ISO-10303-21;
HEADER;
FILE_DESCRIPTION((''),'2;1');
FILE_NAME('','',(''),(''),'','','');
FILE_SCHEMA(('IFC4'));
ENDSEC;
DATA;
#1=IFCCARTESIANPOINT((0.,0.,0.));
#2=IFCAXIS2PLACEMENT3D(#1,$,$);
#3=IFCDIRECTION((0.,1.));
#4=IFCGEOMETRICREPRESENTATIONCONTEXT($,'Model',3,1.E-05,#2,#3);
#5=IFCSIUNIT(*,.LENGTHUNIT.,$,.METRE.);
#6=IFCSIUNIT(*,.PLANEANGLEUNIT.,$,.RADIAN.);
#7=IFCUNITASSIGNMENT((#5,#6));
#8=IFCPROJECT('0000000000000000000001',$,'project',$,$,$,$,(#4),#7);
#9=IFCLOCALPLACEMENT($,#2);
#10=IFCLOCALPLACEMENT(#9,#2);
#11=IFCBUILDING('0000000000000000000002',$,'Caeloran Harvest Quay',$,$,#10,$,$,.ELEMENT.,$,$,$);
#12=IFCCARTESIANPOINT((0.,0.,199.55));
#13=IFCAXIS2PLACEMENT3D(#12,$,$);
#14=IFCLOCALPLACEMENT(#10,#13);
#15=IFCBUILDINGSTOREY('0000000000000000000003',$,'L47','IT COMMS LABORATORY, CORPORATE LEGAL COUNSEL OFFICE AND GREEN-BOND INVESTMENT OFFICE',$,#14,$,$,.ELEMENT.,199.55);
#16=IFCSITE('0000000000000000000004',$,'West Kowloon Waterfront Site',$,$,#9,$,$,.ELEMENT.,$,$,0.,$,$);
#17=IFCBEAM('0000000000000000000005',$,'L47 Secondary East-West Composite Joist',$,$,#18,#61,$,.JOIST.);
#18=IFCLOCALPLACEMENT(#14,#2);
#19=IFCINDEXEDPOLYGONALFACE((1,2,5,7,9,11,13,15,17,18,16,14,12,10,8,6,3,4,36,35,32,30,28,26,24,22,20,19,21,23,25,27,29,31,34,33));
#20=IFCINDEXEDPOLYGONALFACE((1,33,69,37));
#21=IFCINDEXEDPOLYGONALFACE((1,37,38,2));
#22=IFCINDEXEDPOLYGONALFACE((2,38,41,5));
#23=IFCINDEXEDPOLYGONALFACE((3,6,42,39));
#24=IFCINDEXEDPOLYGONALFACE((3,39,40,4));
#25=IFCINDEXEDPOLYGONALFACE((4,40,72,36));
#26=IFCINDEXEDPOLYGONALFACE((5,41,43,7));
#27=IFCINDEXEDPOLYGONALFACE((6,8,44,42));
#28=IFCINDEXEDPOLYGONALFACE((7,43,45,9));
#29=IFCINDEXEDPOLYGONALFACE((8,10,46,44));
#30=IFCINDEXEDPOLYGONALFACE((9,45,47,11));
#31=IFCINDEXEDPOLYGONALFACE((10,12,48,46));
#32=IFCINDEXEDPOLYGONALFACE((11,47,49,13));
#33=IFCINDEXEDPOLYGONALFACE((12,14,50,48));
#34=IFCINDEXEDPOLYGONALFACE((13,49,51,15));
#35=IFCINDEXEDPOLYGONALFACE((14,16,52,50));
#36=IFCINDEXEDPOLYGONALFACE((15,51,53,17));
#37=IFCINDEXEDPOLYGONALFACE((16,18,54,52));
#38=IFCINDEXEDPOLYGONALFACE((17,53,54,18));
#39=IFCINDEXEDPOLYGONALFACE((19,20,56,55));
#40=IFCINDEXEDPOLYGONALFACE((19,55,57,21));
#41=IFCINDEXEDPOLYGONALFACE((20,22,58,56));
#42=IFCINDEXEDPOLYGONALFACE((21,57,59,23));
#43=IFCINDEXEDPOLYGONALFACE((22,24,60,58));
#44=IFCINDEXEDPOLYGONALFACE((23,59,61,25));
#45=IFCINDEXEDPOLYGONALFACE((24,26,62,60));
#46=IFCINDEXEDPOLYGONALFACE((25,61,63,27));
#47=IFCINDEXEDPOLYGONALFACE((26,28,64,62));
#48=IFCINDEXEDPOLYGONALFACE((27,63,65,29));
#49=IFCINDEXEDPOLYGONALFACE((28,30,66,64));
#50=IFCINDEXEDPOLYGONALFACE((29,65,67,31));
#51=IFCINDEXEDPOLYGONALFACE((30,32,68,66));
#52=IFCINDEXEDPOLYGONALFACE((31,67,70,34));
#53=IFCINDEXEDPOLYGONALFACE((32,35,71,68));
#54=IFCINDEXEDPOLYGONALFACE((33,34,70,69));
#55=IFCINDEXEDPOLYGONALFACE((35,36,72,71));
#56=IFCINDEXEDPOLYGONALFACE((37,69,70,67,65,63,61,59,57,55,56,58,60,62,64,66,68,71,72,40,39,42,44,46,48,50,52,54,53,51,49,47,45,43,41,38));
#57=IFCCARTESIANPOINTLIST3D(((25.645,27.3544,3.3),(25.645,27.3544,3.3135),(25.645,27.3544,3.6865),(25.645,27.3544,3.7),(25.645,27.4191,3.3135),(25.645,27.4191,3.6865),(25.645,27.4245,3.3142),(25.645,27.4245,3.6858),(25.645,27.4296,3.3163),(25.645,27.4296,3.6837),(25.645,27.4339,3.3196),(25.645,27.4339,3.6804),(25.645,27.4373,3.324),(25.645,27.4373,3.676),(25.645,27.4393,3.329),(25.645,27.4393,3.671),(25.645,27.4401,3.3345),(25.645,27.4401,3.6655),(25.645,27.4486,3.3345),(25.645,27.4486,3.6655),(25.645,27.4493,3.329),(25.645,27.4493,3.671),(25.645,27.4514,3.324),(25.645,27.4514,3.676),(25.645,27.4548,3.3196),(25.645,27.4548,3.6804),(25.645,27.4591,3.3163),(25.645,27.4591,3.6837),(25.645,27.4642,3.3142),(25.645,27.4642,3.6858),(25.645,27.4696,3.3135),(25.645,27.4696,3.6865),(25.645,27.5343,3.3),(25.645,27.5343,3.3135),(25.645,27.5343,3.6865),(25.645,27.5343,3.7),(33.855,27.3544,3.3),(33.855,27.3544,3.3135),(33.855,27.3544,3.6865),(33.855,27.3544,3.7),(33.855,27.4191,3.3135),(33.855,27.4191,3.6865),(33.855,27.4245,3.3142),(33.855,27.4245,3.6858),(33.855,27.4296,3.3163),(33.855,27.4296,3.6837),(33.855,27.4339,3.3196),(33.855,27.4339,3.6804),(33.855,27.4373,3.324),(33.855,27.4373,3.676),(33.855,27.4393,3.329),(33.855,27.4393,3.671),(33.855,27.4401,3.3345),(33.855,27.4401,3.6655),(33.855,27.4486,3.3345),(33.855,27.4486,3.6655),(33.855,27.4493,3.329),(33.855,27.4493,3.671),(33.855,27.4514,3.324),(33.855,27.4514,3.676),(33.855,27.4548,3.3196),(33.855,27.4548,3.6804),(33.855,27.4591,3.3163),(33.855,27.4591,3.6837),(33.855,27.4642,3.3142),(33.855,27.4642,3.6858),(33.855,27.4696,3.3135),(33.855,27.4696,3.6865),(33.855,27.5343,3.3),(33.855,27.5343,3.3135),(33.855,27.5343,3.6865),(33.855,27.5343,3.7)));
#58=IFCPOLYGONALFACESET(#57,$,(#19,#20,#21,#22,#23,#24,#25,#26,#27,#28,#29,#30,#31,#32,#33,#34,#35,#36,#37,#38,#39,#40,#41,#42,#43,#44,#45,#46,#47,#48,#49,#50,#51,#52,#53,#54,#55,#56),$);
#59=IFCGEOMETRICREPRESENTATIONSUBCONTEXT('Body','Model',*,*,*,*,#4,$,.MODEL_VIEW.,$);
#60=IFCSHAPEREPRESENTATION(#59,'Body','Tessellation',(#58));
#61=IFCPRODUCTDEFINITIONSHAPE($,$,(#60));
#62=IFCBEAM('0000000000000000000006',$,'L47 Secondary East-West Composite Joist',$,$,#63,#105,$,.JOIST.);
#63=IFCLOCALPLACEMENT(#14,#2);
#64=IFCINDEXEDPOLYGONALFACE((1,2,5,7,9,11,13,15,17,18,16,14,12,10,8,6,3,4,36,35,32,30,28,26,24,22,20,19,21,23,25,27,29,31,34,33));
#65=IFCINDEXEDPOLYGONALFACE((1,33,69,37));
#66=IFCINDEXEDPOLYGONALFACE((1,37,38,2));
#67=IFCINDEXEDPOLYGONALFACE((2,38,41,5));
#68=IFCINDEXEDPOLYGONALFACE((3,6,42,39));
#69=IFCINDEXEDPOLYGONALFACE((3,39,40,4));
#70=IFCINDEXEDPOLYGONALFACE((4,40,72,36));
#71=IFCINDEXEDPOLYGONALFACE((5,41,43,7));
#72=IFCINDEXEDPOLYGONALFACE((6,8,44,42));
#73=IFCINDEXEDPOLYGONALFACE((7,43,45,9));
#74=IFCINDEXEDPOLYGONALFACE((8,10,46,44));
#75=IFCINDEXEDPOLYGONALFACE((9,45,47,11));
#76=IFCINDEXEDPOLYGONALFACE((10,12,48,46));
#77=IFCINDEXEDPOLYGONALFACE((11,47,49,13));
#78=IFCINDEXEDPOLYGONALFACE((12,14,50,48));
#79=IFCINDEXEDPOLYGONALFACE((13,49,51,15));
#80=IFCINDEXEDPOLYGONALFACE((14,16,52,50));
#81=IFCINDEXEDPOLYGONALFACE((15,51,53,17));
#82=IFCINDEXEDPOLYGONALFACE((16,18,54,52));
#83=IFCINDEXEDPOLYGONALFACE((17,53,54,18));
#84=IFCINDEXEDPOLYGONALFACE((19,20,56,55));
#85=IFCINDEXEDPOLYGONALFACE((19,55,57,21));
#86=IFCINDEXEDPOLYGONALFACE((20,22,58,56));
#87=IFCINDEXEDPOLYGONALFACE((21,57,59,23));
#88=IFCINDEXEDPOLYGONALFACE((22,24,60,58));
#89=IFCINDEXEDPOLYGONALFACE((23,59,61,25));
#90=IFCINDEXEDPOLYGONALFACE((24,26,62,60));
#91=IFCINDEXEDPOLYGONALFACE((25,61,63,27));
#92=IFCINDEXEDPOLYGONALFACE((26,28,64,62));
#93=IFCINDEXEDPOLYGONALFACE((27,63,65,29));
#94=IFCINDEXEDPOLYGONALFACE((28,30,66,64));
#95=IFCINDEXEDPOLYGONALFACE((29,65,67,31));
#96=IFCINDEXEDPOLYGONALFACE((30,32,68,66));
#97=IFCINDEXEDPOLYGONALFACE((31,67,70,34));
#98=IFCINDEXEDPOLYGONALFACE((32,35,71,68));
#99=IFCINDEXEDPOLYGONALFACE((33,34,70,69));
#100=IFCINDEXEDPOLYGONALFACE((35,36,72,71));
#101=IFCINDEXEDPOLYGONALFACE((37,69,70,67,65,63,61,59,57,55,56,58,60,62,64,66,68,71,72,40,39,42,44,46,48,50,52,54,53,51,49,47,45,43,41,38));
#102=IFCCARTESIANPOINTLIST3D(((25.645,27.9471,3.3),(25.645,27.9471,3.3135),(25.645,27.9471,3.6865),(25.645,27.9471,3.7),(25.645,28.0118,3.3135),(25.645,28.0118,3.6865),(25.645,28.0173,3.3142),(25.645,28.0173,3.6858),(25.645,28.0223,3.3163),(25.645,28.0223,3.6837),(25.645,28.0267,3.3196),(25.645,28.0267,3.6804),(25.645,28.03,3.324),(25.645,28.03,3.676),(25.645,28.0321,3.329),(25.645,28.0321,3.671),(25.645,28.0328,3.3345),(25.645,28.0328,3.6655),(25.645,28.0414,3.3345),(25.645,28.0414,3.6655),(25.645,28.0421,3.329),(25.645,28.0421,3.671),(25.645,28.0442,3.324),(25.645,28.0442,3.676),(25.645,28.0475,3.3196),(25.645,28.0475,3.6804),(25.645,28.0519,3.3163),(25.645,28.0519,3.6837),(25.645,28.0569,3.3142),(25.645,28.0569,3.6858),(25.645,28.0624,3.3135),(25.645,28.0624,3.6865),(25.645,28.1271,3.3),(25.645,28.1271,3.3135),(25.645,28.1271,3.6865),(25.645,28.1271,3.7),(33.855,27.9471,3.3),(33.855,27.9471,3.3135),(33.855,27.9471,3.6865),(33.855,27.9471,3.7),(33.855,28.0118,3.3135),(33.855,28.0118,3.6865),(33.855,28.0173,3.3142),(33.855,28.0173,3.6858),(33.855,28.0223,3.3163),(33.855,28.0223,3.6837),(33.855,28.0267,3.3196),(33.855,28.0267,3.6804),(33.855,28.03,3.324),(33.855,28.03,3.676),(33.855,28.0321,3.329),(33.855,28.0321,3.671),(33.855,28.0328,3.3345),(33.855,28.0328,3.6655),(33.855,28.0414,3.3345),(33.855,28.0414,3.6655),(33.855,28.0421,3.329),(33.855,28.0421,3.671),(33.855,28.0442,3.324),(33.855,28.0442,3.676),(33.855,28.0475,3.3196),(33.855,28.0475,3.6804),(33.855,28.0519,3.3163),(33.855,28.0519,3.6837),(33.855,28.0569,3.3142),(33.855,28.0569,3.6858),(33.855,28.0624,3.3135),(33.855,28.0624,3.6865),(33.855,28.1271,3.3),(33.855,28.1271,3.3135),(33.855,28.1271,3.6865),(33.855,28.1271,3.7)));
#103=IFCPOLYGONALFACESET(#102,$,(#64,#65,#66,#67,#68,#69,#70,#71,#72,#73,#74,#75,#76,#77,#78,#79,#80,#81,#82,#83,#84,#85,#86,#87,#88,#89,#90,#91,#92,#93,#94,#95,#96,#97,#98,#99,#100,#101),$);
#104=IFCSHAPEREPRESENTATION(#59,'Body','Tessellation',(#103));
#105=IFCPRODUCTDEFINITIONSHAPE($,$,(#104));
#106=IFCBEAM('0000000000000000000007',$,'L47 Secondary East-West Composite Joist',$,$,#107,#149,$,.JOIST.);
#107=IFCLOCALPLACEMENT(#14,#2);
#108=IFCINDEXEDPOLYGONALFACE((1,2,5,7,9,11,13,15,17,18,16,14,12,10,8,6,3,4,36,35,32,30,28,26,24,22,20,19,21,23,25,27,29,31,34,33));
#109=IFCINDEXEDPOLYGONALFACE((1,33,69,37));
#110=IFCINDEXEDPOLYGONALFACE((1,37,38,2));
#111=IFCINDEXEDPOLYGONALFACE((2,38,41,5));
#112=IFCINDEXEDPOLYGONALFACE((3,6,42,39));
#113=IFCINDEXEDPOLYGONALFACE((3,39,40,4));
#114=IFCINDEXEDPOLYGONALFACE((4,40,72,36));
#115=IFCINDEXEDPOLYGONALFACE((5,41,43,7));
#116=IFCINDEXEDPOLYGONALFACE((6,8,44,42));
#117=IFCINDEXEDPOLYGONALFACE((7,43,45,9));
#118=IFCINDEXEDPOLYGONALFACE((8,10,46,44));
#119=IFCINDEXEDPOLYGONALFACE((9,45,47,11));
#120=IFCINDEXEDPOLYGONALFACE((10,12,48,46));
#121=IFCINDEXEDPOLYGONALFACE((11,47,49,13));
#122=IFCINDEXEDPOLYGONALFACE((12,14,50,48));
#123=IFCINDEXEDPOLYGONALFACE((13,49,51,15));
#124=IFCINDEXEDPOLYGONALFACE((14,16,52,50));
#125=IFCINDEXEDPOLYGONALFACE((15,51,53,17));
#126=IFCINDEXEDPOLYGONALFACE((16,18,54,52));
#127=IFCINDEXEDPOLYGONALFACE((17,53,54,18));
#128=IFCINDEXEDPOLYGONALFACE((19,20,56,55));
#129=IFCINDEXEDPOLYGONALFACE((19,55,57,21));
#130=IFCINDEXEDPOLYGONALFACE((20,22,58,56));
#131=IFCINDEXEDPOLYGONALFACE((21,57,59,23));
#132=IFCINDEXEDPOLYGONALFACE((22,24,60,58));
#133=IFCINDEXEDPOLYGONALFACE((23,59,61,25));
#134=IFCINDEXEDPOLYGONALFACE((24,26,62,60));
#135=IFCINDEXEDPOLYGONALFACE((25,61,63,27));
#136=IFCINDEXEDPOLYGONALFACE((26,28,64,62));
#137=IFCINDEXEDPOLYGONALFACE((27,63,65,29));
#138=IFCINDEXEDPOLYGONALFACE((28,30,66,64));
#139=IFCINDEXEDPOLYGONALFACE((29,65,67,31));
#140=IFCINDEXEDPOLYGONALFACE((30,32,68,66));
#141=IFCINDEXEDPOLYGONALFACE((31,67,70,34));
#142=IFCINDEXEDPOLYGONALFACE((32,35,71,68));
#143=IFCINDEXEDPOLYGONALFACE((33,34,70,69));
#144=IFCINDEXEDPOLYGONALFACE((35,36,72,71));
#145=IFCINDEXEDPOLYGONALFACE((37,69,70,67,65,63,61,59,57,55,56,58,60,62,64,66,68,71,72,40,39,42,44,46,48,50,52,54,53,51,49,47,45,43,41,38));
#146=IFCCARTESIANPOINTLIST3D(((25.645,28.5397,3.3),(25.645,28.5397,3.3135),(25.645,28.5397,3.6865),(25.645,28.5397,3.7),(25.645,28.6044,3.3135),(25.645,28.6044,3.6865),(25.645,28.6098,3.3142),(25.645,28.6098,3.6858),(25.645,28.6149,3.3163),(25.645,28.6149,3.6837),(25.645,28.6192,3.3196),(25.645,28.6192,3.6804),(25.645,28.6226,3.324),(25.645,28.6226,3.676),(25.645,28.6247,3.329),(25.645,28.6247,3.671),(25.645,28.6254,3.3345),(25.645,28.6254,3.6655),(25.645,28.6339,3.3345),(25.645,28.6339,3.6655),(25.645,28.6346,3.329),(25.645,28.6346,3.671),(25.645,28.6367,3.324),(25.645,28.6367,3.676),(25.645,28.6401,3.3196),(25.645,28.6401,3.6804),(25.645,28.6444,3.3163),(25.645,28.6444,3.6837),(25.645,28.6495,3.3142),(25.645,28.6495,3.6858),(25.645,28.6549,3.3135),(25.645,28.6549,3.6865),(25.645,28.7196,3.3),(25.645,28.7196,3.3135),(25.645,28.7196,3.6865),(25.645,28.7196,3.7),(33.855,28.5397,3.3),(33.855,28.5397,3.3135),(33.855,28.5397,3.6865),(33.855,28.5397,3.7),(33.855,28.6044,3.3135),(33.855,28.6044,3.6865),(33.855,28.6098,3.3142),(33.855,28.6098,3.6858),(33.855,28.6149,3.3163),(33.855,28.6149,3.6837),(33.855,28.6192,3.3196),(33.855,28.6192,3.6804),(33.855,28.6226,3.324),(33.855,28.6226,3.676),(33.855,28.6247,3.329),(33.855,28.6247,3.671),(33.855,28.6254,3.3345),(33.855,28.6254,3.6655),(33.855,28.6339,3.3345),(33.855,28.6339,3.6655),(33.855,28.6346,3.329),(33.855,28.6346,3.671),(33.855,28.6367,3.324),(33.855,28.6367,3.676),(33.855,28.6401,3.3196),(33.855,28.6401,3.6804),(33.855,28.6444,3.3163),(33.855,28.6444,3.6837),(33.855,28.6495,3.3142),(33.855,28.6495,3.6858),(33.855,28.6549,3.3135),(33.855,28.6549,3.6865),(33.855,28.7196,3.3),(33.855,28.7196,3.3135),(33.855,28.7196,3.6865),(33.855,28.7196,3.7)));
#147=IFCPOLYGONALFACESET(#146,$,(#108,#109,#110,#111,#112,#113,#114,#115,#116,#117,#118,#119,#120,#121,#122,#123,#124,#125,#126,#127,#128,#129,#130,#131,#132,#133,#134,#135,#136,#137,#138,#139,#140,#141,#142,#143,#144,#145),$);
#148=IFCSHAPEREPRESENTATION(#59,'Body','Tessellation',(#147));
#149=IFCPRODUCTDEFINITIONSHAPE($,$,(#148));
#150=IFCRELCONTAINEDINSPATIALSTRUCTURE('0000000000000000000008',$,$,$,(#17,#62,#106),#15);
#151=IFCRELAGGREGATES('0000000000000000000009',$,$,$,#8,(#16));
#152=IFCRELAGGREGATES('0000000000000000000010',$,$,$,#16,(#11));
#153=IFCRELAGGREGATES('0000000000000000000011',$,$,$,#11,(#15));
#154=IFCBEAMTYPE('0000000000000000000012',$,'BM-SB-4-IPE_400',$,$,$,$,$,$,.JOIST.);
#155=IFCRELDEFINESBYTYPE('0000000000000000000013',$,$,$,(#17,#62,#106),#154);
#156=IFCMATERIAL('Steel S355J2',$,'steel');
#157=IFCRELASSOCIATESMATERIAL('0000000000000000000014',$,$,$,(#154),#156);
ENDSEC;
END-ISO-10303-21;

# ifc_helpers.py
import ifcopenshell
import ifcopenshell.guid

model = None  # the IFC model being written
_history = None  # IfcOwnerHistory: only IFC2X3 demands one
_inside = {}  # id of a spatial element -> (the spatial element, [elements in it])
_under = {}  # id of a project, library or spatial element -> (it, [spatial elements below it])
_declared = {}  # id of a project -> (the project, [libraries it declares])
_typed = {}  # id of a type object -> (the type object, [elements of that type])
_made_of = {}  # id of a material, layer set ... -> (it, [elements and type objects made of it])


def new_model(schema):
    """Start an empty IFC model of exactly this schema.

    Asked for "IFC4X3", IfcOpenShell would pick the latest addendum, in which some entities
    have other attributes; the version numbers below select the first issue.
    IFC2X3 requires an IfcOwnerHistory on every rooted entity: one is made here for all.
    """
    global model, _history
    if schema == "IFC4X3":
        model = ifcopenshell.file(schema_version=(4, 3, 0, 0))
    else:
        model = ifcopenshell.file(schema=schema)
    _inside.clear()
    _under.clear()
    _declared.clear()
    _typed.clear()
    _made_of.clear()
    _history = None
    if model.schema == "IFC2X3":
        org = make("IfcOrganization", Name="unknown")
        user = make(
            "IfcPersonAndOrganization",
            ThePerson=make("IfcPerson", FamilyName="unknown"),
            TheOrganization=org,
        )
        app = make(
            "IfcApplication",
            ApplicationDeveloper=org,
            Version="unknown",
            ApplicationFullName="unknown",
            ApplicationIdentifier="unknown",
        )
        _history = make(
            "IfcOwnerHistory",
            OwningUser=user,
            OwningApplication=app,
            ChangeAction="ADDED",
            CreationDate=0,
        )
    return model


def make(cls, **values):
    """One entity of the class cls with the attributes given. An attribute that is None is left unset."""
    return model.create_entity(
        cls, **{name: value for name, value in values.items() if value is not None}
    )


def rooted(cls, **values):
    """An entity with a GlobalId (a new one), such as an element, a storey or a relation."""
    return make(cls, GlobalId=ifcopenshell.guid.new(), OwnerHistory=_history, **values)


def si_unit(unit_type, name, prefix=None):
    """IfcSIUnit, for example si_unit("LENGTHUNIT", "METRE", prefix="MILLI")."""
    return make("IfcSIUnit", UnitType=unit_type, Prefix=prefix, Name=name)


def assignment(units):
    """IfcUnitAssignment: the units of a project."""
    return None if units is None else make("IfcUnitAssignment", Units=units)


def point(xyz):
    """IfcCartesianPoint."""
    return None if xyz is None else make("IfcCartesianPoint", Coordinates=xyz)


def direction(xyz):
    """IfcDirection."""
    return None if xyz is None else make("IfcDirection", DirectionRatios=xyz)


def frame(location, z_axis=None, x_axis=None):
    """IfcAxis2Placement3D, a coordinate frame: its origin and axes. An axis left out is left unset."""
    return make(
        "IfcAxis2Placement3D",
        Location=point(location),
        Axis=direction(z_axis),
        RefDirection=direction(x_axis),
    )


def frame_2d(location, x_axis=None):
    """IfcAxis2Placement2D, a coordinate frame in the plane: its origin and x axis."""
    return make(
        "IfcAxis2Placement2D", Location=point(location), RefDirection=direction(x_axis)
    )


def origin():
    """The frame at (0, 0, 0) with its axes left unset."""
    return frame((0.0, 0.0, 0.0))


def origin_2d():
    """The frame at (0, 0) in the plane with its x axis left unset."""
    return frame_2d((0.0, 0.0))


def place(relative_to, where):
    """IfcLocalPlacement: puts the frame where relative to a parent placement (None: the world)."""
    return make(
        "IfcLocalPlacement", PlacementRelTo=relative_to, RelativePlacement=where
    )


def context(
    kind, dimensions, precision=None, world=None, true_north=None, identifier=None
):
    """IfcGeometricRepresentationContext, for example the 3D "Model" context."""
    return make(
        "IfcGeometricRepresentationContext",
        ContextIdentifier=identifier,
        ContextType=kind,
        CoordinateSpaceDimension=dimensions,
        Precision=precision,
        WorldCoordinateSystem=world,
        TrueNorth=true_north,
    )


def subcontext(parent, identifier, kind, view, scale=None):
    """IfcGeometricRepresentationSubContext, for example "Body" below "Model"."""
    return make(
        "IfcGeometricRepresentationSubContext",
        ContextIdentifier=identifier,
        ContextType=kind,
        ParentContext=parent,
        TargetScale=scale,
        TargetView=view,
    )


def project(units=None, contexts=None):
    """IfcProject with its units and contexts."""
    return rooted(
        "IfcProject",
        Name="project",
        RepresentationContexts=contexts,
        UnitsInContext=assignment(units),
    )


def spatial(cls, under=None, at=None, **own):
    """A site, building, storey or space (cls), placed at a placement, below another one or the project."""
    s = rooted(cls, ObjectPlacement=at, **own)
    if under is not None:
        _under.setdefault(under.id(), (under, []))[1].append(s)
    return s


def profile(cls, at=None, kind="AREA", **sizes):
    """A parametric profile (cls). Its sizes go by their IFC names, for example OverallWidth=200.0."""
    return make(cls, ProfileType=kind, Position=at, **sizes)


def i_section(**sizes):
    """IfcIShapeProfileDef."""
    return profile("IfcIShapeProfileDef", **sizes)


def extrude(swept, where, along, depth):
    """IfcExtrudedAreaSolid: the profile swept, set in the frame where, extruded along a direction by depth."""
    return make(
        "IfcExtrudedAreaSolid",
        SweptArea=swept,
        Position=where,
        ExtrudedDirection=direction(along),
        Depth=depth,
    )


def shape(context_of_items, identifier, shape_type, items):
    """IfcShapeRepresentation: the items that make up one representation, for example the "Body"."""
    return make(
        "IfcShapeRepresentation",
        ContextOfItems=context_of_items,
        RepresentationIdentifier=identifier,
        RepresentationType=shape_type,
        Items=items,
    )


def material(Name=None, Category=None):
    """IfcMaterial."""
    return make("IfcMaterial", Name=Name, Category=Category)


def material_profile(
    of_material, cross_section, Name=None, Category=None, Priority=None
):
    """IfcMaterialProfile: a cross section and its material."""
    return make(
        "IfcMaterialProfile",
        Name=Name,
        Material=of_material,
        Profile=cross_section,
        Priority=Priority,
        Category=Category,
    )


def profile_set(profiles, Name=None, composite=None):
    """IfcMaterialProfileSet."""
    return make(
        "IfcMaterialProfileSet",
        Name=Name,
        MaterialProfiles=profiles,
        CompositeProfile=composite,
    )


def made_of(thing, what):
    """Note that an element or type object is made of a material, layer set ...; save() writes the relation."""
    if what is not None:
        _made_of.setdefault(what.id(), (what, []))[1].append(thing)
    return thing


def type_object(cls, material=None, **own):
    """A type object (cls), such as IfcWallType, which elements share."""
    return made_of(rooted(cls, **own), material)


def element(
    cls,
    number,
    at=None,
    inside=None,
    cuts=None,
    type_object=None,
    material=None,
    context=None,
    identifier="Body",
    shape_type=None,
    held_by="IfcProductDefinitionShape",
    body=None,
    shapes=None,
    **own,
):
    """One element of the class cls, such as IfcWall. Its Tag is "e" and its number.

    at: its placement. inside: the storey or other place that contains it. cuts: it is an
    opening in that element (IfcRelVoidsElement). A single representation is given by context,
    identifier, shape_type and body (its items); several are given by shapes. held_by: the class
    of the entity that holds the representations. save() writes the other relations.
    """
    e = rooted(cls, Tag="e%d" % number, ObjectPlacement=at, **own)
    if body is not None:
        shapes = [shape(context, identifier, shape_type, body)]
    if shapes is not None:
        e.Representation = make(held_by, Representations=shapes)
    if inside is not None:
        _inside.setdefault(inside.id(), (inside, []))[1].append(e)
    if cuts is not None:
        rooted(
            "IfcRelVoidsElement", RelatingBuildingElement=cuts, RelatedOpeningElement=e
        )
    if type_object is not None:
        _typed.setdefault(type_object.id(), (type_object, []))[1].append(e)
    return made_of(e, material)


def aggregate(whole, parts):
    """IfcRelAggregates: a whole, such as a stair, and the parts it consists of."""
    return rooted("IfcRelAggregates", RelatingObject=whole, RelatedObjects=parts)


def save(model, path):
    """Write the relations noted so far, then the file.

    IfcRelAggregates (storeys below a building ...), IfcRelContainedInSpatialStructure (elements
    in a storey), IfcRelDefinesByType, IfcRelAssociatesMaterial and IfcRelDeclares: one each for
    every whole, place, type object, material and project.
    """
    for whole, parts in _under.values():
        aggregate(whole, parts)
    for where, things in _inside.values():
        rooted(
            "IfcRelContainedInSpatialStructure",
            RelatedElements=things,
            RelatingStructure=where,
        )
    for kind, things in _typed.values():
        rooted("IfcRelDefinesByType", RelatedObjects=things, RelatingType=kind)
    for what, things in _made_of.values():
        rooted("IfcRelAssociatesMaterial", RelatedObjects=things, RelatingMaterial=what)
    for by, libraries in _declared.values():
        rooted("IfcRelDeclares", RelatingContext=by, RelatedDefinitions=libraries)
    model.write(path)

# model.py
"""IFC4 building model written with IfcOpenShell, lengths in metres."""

from ifc_helpers import new_model, si_unit, direction, frame, origin, origin_2d, place, context, subcontext, project, spatial, i_section, extrude, material, material_profile, profile_set, type_object, element, save


model = new_model("IFC4")

# Units and contexts
model_context = context("Model", 3, precision=1e-05, world=origin(), true_north=direction((0.0, 1.0)))
body_context = subcontext(model_context, "Body", "Model", "MODEL_VIEW")
ifc_project = project(units=[si_unit("LENGTHUNIT", "METRE"), si_unit("PLANEANGLEUNIT", "RADIAN")], contexts=[model_context])

# Site, building, storey
site_placement = place(None, origin())
site = spatial("IfcSite", under=ifc_project, at=site_placement, Name="West Kowloon Waterfront Site", CompositionType="ELEMENT", RefElevation=0.0)
building_placement = place(site_placement, origin())
building = spatial("IfcBuilding", under=site, at=building_placement, Name="Caeloran Harvest Quay", CompositionType="ELEMENT")
storey_placement = place(building_placement, frame((0.0, 0.0, 199.55)))
storey = spatial("IfcBuildingStorey", under=building, at=storey_placement, Name="L47", Description="IT COMMS LABORATORY, CORPORATE LEGAL COUNSEL OFFICE AND GREEN-BOND INVESTMENT OFFICE", CompositionType="ELEMENT", Elevation=199.55)

# Beams
ifc_material_1 = material(Name="Steel S355J2", Category="steel")
ifc_material_profile_1 = material_profile(ifc_material_1, i_section(OverallWidth=0.1799, OverallDepth=0.3999, WebThickness=0.0085, FlangeThickness=0.0134, FilletRadius=0.021, at=origin_2d()), Name="IPE 400")
ifc_profile_set_1 = profile_set([ifc_material_profile_1], Name="Steel S355J2")
beam_type_1 = type_object("IfcBeamType", Name="BM-SB-4-IPE_400", PredefinedType="JOIST", material=ifc_profile_set_1)
for number, where, z_axis, x_axis, name in (
    (1, (25.645, 27.4443, 3.5), (1.0, 0.0, 0.0), (0.0, 1.0, 0.0), "L47 Secondary East-West Composite Joist"),
    (2, (25.645, 28.0371, 3.5), (1.0, 0.0, 0.0), (0.0, 1.0, 0.0), "L47 Secondary East-West Composite Joist"),
    (3, (25.645, 28.6296, 3.5), (1.0, 0.0, 0.0), (0.0, 1.0, 0.0), "L47 Secondary East-West Composite Joist"),
):
    element("IfcBeam", number, at=place(storey_placement, frame(where, z_axis=z_axis, x_axis=x_axis)), inside=storey, type_object=beam_type_1, Name=name, PredefinedType="JOIST", context=body_context, shape_type="SweptSolid", body=[
        extrude(i_section(OverallWidth=0.1799, OverallDepth=0.3999, WebThickness=0.0085, FlangeThickness=0.0134, FilletRadius=0.021, at=origin_2d()), origin(), (0.0, 0.0, 1.0), 8.21),
    ])

save(model, "model.ifc")
